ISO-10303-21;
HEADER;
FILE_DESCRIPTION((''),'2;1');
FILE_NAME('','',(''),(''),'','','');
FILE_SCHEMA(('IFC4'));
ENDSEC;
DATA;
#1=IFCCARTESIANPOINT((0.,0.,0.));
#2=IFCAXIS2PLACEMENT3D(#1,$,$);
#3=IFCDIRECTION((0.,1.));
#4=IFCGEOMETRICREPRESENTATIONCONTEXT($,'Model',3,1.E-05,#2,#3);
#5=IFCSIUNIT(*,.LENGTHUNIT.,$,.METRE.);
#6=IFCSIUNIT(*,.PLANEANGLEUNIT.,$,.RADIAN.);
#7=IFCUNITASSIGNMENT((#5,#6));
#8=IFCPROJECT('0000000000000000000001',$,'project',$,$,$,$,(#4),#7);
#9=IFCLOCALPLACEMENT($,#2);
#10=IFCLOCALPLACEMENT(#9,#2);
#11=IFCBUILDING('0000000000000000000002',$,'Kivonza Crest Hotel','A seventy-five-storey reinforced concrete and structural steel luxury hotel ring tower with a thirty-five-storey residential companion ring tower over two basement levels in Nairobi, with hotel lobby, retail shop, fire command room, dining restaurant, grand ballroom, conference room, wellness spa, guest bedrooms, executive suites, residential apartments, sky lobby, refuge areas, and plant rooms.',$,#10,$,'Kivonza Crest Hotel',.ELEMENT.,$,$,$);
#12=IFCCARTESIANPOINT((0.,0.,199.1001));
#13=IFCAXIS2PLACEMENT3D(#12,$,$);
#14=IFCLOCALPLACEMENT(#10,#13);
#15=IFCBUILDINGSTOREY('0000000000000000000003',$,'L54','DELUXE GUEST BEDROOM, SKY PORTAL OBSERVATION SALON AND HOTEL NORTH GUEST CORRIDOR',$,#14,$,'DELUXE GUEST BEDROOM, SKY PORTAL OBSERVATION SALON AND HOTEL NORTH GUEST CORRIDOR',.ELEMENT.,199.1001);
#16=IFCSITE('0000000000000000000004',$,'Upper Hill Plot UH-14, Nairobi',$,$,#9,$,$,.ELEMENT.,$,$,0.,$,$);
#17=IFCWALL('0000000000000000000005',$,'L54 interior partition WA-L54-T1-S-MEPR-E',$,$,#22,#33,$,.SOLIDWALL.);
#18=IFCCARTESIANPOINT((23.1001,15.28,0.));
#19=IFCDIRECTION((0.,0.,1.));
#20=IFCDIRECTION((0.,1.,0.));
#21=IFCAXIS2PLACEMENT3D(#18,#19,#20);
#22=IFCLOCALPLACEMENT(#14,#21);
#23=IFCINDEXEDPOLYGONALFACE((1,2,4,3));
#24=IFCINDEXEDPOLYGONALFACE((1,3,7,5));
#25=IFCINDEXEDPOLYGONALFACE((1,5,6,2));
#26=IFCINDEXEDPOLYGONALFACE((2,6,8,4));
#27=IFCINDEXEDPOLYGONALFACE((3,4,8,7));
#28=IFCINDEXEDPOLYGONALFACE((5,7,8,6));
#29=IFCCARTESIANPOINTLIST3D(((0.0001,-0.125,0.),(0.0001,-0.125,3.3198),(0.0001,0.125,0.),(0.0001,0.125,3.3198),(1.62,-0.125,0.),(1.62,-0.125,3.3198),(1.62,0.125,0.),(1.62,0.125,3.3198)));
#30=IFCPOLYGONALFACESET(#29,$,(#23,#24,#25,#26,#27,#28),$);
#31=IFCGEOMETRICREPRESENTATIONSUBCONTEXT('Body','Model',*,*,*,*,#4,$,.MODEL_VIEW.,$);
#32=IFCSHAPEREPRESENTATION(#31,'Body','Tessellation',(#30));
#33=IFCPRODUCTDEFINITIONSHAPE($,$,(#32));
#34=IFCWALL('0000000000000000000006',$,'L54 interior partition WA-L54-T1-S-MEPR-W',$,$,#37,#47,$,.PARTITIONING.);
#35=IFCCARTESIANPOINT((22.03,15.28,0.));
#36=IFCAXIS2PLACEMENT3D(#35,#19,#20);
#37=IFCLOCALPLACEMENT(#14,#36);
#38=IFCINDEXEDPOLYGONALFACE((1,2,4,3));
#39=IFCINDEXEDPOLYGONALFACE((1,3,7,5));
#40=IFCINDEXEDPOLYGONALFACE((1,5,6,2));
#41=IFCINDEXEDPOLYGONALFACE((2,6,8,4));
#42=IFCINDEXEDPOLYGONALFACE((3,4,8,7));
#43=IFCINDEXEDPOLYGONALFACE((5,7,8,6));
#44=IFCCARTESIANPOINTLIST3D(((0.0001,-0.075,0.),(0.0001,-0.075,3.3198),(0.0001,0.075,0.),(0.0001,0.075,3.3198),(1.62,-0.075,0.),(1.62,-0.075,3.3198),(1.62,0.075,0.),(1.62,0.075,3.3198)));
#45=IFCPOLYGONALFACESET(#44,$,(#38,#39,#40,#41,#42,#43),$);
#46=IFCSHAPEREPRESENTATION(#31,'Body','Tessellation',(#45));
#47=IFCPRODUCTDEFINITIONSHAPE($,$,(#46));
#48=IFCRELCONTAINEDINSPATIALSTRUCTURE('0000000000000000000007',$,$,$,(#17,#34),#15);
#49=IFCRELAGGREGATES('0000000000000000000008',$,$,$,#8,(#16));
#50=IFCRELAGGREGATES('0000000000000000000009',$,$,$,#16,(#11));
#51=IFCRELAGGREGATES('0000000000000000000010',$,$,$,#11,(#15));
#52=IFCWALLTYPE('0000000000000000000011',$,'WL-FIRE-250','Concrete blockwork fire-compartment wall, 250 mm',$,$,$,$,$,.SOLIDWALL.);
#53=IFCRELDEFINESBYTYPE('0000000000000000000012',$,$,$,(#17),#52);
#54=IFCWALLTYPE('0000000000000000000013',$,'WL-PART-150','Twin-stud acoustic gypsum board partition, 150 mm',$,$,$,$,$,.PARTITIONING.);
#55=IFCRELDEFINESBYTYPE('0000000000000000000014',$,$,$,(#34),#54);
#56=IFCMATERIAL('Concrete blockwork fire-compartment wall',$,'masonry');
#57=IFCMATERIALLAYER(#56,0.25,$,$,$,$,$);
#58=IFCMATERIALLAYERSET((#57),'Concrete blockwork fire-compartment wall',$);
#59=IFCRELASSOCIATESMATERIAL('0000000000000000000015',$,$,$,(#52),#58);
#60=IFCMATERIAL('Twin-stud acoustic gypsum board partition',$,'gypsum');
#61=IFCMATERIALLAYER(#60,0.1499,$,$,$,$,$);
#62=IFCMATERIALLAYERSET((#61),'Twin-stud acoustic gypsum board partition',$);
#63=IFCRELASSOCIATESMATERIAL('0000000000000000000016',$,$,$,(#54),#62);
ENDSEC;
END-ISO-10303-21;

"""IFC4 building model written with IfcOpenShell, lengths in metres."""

from ifc_helpers import new_model, si_unit, direction, frame, frame_2d, origin, place, context, subcontext, project, spatial, rectangle, extrude, material, layer, layer_set, type_object, element, save


model = new_model("IFC4")

# Units and contexts
model_context = context("Model", 3, precision=1e-05, world=origin(), true_north=direction((0.0, 1.0)))
body_context = subcontext(model_context, "Body", "Model", "MODEL_VIEW")
ifc_project = project(units=[si_unit("LENGTHUNIT", "METRE"), si_unit("PLANEANGLEUNIT", "RADIAN")], contexts=[model_context])

# Site, building, storey
site_placement = place(None, origin())
site = spatial("IfcSite", under=ifc_project, at=site_placement, Name="Upper Hill Plot UH-14, Nairobi", CompositionType="ELEMENT", RefElevation=0.0)
building_placement = place(site_placement, origin())
building = spatial("IfcBuilding", under=site, at=building_placement, Name="Kivonza Crest Hotel", Description="A seventy-five-storey reinforced concrete and structural steel luxury hotel ring tower with a thirty-five-storey residential companion ring tower over two basement levels in Nairobi, with hotel lobby, retail shop, fire command room, dining restaurant, grand ballroom, conference room, wellness spa, guest bedrooms, executive suites, residential apartments, sky lobby, refuge areas, and plant rooms.", LongName="Kivonza Crest Hotel", CompositionType="ELEMENT")
storey_placement = place(building_placement, frame((0.0, 0.0, 199.1001)))
storey = spatial("IfcBuildingStorey", under=building, at=storey_placement, Name="L54", Description="DELUXE GUEST BEDROOM, SKY PORTAL OBSERVATION SALON AND HOTEL NORTH GUEST CORRIDOR", LongName="DELUXE GUEST BEDROOM, SKY PORTAL OBSERVATION SALON AND HOTEL NORTH GUEST CORRIDOR", CompositionType="ELEMENT", Elevation=199.1001)

# Wall
ifc_material_1 = material(Name="Concrete blockwork fire-compartment wall", Category="masonry")
ifc_layer_1 = layer(ifc_material_1, 0.25)
ifc_layer_set_1 = layer_set([ifc_layer_1], Name="Concrete blockwork fire-compartment wall")
wall_type_1 = type_object("IfcWallType", Name="WL-FIRE-250", Description="Concrete blockwork fire-compartment wall, 250 mm", PredefinedType="SOLIDWALL", material=ifc_layer_set_1)
wall_1_placement = place(storey_placement, frame((23.1001, 15.28, 0.0), z_axis=(0.0, 0.0, 1.0), x_axis=(0.0, 1.0, 0.0)))
element("IfcWall", 1, at=wall_1_placement, inside=storey, type_object=wall_type_1, Name="L54 interior partition WA-L54-T1-S-MEPR-E", PredefinedType="SOLIDWALL", context=body_context, shape_type="SweptSolid", body=[
    extrude(rectangle(XDim=1.6199, YDim=0.25, at=frame_2d((0.8101, 0.0))), origin(), (0.0, 0.0, 1.0), 3.3198),
])

# Wall
ifc_material_2 = material(Name="Twin-stud acoustic gypsum board partition", Category="gypsum")
ifc_layer_2 = layer(ifc_material_2, 0.1499)
ifc_layer_set_2 = layer_set([ifc_layer_2], Name="Twin-stud acoustic gypsum board partition")
wall_type_2 = type_object("IfcWallType", Name="WL-PART-150", Description="Twin-stud acoustic gypsum board partition, 150 mm", PredefinedType="PARTITIONING", material=ifc_layer_set_2)
wall_2_placement = place(storey_placement, frame((22.03, 15.28, 0.0), z_axis=(0.0, 0.0, 1.0), x_axis=(0.0, 1.0, 0.0)))
element("IfcWall", 2, at=wall_2_placement, inside=storey, type_object=wall_type_2, Name="L54 interior partition WA-L54-T1-S-MEPR-W", PredefinedType="PARTITIONING", context=body_context, shape_type="SweptSolid", body=[
    extrude(rectangle(XDim=1.6199, YDim=0.1499, at=frame_2d((0.8101, 0.0))), origin(), (0.0, 0.0, 1.0), 3.3198),
])

save(model, "model.ifc")
